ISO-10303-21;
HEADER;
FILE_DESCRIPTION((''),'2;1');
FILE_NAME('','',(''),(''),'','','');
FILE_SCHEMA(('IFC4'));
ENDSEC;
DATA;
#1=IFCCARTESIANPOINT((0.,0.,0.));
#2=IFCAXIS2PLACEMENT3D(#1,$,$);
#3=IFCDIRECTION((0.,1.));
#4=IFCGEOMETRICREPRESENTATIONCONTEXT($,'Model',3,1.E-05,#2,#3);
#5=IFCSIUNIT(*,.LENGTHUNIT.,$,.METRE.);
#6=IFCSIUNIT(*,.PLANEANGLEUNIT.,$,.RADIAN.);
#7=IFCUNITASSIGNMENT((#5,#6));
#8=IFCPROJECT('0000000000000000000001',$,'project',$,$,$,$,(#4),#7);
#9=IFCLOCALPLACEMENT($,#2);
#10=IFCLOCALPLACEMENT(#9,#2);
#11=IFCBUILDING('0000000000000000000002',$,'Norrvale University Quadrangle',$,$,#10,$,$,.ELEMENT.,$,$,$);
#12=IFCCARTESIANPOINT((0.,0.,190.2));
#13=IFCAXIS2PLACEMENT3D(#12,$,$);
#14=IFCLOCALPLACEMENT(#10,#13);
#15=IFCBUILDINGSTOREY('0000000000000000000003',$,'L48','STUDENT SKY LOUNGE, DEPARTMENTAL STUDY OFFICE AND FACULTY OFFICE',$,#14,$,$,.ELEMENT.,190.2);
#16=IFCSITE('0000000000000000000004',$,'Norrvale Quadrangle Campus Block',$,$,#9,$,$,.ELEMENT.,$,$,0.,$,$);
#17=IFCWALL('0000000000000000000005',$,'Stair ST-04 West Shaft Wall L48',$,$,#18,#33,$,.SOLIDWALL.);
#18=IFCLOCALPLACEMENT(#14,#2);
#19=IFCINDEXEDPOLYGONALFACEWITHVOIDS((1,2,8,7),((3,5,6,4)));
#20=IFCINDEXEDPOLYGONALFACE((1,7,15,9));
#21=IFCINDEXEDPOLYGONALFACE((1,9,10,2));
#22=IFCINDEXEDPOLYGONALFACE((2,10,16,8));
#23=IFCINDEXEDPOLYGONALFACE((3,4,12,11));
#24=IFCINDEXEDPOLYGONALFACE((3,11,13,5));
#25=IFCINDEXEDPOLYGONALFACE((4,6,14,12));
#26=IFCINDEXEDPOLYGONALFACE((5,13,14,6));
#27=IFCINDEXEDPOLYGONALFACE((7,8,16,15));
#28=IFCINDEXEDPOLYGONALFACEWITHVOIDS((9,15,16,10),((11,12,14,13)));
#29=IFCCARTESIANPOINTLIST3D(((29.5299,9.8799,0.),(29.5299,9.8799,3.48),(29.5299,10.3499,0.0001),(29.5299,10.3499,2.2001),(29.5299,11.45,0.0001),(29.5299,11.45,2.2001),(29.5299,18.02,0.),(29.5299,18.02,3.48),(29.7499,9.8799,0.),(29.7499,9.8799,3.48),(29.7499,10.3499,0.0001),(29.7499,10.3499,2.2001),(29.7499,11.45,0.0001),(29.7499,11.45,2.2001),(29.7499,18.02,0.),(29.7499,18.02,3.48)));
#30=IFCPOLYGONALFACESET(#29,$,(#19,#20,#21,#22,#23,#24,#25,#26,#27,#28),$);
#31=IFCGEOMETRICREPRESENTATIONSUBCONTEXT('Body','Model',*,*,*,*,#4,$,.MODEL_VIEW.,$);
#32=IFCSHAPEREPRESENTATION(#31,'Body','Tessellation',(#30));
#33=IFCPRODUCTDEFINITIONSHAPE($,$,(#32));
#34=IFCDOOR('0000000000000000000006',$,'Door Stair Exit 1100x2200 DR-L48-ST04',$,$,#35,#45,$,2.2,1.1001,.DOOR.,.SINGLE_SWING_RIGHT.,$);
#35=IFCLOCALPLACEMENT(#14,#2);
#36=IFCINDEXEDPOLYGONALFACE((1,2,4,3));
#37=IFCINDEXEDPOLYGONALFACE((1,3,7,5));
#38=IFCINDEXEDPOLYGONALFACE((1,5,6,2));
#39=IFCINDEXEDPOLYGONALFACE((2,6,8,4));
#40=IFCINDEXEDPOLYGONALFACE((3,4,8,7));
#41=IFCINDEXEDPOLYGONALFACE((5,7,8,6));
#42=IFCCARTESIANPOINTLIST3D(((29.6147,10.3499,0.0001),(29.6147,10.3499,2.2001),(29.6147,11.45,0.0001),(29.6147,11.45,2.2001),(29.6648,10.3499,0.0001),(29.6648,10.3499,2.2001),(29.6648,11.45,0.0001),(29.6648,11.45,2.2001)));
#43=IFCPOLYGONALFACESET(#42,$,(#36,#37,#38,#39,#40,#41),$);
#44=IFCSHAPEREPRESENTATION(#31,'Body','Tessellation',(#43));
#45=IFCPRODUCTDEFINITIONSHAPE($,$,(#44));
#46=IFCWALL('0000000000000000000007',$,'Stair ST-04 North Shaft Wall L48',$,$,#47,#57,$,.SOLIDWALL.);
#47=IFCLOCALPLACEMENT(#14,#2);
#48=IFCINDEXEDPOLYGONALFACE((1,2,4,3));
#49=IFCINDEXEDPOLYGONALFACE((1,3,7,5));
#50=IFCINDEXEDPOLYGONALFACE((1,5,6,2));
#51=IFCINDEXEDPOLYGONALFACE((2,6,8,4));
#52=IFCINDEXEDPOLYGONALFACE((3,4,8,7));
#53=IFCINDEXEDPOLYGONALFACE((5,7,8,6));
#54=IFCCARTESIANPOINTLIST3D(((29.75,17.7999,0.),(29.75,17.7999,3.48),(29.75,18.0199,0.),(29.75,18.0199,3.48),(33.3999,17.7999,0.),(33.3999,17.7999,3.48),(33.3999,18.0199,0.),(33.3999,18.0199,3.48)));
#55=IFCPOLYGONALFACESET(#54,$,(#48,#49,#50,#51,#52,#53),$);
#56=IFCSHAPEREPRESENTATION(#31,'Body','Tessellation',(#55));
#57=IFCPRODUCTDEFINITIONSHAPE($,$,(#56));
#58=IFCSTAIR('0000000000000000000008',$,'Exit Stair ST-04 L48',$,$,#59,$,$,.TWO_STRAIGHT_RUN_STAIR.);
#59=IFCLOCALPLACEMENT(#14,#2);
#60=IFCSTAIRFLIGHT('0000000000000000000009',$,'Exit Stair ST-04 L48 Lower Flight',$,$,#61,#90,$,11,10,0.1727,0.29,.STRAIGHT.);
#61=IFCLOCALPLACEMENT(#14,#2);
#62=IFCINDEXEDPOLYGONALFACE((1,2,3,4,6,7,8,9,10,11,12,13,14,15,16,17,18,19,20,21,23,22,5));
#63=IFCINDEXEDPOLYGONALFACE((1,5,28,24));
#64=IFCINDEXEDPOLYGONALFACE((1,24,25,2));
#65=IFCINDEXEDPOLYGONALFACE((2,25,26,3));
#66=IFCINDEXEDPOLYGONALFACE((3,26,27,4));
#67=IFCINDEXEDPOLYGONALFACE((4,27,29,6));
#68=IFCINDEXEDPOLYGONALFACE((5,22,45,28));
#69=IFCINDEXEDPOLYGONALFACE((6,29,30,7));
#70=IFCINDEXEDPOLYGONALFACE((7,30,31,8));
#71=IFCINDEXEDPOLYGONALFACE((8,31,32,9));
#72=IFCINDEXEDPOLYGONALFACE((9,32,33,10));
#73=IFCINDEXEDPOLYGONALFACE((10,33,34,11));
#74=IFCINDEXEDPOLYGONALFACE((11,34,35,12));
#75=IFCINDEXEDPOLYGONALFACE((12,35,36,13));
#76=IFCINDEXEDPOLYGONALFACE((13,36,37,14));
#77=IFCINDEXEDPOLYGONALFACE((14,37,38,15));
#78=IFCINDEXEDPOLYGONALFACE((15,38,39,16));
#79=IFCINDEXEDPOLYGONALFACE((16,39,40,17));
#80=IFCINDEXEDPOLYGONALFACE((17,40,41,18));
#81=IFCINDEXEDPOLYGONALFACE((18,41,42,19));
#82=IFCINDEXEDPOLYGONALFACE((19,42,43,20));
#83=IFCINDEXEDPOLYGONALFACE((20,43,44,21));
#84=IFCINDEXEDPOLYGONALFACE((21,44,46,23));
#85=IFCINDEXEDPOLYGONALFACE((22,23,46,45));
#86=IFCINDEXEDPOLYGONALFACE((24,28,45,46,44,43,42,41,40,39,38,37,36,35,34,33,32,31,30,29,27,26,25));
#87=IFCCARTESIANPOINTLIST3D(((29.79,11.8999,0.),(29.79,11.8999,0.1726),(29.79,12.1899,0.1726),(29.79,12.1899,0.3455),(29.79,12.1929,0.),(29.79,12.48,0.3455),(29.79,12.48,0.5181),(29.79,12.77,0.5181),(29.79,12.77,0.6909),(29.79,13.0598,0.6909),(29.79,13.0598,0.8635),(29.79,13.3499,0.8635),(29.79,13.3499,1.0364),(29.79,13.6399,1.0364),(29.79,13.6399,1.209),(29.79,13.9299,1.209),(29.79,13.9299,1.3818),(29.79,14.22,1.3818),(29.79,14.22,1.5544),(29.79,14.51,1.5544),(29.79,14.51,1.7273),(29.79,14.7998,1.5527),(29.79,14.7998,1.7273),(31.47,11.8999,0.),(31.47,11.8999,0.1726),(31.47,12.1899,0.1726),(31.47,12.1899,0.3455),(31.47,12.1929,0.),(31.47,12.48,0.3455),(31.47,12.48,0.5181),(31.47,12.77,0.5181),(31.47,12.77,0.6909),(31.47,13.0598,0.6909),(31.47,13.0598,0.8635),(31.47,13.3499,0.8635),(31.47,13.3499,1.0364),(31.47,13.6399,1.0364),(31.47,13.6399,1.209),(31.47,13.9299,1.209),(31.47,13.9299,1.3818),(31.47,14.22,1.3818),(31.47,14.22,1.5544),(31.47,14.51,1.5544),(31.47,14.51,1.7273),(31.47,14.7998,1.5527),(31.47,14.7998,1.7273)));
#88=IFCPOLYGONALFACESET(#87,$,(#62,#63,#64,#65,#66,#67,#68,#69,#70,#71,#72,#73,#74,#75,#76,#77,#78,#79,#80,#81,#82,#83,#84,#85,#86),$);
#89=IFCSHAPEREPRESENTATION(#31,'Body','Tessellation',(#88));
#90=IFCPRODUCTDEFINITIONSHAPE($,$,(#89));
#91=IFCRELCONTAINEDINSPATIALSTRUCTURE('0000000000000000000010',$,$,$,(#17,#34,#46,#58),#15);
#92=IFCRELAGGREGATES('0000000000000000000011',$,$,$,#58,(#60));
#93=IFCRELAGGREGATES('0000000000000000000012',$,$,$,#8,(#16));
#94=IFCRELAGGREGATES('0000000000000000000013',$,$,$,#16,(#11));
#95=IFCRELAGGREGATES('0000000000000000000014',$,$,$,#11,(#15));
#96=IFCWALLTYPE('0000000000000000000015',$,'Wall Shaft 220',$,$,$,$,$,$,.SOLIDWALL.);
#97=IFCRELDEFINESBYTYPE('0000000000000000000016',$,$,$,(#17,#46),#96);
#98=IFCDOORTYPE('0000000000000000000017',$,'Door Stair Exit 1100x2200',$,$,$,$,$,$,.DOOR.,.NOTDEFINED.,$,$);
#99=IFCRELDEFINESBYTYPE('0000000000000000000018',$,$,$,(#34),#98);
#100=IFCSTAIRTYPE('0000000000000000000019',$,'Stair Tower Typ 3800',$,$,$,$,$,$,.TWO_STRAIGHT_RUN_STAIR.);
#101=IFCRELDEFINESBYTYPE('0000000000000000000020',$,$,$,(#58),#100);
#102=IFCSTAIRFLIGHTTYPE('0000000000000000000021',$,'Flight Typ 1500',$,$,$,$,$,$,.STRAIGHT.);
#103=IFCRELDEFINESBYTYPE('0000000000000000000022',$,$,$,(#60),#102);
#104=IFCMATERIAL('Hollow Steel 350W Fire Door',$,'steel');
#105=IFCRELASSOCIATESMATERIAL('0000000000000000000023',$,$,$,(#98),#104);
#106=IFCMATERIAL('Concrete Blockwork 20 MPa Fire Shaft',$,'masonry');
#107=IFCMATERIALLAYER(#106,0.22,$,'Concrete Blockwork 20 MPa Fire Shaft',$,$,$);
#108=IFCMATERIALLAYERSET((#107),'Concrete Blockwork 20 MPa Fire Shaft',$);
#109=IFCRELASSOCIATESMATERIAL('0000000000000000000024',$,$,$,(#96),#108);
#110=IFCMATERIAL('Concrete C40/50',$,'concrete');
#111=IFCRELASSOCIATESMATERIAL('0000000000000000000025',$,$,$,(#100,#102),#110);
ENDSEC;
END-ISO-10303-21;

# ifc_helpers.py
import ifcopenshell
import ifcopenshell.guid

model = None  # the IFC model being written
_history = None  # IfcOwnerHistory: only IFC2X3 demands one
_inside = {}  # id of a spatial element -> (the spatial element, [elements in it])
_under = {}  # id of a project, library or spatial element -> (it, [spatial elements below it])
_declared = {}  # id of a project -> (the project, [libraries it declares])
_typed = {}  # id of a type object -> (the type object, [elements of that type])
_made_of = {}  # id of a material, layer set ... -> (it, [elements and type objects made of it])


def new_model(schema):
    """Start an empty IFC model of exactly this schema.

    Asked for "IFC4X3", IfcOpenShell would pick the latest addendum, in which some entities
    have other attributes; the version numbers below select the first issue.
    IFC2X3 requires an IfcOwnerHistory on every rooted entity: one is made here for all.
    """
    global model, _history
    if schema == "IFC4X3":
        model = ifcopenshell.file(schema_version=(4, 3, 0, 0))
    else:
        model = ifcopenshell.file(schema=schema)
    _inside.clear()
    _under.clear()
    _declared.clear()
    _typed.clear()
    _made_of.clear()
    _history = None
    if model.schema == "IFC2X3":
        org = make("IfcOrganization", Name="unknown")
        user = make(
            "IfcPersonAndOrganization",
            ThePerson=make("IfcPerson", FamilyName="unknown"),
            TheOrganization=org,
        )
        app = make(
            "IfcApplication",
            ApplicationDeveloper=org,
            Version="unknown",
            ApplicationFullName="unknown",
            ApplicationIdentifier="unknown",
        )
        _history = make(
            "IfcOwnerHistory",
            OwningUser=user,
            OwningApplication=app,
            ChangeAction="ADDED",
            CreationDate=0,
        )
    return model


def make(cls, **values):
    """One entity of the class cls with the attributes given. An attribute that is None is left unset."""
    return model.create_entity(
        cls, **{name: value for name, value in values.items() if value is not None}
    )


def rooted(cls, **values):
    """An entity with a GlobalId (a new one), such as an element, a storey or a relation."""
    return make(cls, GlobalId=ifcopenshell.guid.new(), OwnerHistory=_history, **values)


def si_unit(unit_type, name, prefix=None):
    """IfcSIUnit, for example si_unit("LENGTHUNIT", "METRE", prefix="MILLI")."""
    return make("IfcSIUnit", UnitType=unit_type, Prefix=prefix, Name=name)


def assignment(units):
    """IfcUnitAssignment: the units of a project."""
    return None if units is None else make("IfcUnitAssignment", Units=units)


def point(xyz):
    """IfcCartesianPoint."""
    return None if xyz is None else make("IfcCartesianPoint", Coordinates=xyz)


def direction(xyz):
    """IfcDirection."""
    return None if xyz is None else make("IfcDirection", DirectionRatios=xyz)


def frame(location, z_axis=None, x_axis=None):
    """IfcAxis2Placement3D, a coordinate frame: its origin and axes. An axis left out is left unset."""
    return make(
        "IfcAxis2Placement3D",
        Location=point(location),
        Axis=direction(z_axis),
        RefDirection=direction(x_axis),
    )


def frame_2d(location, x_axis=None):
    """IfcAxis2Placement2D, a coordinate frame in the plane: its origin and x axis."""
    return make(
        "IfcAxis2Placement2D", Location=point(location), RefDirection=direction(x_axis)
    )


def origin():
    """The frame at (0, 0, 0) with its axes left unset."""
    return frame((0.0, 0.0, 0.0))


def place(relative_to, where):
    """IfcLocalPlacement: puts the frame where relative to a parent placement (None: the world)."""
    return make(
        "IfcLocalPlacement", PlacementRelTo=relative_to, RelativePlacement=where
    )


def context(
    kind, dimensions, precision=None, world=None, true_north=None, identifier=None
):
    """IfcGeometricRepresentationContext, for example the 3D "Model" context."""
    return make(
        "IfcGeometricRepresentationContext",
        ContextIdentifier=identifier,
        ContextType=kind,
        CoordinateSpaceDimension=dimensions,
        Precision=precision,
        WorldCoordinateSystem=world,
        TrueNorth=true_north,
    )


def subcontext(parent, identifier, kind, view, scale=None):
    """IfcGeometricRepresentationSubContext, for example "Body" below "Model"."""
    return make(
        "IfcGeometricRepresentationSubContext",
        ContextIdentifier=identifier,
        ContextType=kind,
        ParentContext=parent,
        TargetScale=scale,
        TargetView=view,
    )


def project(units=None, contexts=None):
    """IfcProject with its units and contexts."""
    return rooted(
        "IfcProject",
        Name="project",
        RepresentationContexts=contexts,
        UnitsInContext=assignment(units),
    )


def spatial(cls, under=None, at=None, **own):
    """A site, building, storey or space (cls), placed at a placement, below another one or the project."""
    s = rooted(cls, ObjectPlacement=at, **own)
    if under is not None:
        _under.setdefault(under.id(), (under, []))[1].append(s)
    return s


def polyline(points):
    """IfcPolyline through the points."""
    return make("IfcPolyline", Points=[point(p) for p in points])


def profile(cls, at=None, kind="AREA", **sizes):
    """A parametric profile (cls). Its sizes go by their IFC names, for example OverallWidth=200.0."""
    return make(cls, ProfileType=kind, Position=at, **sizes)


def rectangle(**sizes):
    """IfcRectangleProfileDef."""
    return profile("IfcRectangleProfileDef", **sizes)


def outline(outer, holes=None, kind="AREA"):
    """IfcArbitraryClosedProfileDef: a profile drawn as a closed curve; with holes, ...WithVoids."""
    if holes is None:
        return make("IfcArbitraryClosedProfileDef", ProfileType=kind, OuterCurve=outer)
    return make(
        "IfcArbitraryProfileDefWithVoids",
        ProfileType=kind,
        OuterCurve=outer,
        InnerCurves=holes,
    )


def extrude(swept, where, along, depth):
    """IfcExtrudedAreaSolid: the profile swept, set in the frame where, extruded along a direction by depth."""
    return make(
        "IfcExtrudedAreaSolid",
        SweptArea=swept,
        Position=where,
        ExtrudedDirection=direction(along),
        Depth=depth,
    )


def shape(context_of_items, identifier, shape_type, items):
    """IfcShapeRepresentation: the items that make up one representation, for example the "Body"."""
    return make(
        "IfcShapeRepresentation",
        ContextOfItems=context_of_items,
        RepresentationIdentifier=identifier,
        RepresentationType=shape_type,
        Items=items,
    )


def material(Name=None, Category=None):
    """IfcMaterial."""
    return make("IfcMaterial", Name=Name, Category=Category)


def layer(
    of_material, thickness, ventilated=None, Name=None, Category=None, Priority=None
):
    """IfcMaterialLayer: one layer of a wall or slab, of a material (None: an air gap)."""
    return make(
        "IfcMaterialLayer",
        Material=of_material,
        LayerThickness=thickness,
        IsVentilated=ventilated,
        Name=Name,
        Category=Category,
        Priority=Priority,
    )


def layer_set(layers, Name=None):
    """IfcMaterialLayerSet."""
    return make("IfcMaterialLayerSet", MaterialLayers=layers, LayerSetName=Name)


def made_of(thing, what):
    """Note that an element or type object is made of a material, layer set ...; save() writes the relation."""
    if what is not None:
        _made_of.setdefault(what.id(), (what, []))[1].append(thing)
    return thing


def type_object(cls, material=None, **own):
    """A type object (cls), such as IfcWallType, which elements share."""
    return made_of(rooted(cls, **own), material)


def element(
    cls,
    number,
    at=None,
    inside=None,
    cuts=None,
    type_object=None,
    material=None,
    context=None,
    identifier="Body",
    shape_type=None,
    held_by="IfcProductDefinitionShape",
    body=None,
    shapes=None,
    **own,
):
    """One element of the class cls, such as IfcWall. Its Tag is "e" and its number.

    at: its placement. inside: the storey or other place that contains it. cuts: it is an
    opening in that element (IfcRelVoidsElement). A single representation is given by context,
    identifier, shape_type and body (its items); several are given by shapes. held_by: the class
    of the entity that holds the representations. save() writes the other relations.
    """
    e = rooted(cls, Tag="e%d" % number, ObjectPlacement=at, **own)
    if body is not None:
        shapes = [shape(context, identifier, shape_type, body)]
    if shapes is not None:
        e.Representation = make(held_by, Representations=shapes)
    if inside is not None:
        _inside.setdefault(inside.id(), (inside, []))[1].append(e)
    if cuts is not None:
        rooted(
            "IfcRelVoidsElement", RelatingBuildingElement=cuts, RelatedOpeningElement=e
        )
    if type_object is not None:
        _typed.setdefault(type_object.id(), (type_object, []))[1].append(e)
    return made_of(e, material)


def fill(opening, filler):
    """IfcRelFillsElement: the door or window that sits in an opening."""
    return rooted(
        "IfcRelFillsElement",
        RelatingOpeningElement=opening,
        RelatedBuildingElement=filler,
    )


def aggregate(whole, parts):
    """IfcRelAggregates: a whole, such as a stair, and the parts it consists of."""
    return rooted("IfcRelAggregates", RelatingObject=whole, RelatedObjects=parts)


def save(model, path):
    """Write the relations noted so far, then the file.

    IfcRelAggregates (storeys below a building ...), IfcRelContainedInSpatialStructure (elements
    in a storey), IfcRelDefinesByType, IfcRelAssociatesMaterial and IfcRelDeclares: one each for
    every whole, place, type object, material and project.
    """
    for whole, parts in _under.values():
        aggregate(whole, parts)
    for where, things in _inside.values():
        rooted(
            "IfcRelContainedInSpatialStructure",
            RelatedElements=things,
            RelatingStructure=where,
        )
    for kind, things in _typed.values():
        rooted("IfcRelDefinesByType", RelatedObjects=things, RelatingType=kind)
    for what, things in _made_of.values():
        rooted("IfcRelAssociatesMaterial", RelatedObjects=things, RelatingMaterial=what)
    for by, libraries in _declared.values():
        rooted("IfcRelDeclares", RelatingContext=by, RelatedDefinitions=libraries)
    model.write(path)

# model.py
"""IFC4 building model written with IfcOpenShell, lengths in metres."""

from ifc_helpers import new_model, si_unit, direction, frame, frame_2d, origin, place, context, subcontext, project, spatial, polyline, rectangle, outline, extrude, material, layer, layer_set, type_object, element, fill, aggregate, save


model = new_model("IFC4")

# Units and contexts
model_context = context("Model", 3, precision=1e-05, world=origin(), true_north=direction((0.0, 1.0)))
body_context = subcontext(model_context, "Body", "Model", "MODEL_VIEW")
ifc_project = project(units=[si_unit("LENGTHUNIT", "METRE"), si_unit("PLANEANGLEUNIT", "RADIAN")], contexts=[model_context])

# Site, building, storey
site_placement = place(None, origin())
site = spatial("IfcSite", under=ifc_project, at=site_placement, Name="Norrvale Quadrangle Campus Block", CompositionType="ELEMENT", RefElevation=0.0)
building_placement = place(site_placement, origin())
building = spatial("IfcBuilding", under=site, at=building_placement, Name="Norrvale University Quadrangle", CompositionType="ELEMENT")
storey_placement = place(building_placement, frame((0.0, 0.0, 190.2)))
storey = spatial("IfcBuildingStorey", under=building, at=storey_placement, Name="L48", Description="STUDENT SKY LOUNGE, DEPARTMENTAL STUDY OFFICE AND FACULTY OFFICE", CompositionType="ELEMENT", Elevation=190.2)

# Shared definitions
ifc_material_1 = material(Name="Hollow Steel 350W Fire Door", Category="steel")
door_type = type_object("IfcDoorType", Name="Door Stair Exit 1100x2200", OperationType="NOTDEFINED", PredefinedType="DOOR", material=ifc_material_1)

# Shared definitions
ifc_material_2 = material(Name="Concrete Blockwork 20 MPa Fire Shaft", Category="masonry")
ifc_layer_1 = layer(ifc_material_2, 0.22, Name="Concrete Blockwork 20 MPa Fire Shaft")
ifc_layer_set_1 = layer_set([ifc_layer_1], Name="Concrete Blockwork 20 MPa Fire Shaft")
wall_type_1 = type_object("IfcWallType", Name="Wall Shaft 220", PredefinedType="SOLIDWALL", material=ifc_layer_set_1)

# Wall, opening, door
wall_1_placement = place(storey_placement, frame((29.6399, 9.8799, 0.0), z_axis=(0.0, 0.0, 1.0), x_axis=(0.0, 1.0, 0.0)))
wall_1 = element("IfcWall", 1, at=wall_1_placement, inside=storey, type_object=wall_type_1, Name="Stair ST-04 West Shaft Wall L48", PredefinedType="SOLIDWALL", context=body_context, shape_type="SweptSolid", body=[
    extrude(rectangle(XDim=8.1401, YDim=0.22, at=frame_2d((4.0701, 0.0))), origin(), (0.0, 0.0, 1.0), 3.48),
])
opening_1_placement = place(wall_1_placement, frame((0.47, 0.0, 0.0)))
opening_1 = element("IfcOpeningElement", 2, at=opening_1_placement, cuts=wall_1, PredefinedType="OPENING", context=body_context, shape_type="SweptSolid", body=[
    extrude(rectangle(XDim=1.1001, YDim=2.2, at=frame_2d((0.55, 1.1001))), frame((0.0, 0.1221, 0.0), z_axis=(0.0, -1.0, 0.0), x_axis=(1.0, 0.0, 0.0)), (0.0, 0.0, 1.0), 0.2439),
])
door_1_placement = place(opening_1_placement, frame((1.1001, 0.0, 0.0), z_axis=(0.0, 0.0, 1.0), x_axis=(-1.0, 0.0, 0.0)))
door_1 = element("IfcDoor", 3, at=door_1_placement, inside=storey, type_object=door_type, Name="Door Stair Exit 1100x2200 DR-L48-ST04", OperationType="SINGLE_SWING_RIGHT", OverallHeight=2.2, OverallWidth=1.1001, PredefinedType="DOOR", context=body_context, shape_type="SweptSolid", body=[
    extrude(rectangle(XDim=1.1001, YDim=2.2, at=frame_2d((0.55, 1.1001))), frame((0.0, 0.0249, 0.0), z_axis=(0.0, -1.0, 0.0), x_axis=(1.0, 0.0, 0.0)), (0.0, 0.0, 1.0), 0.05),
])
fill(opening_1, door_1)

# Wall
wall_2_placement = place(storey_placement, frame((29.75, 17.9099, 0.0), z_axis=(0.0, 0.0, 1.0), x_axis=(1.0, 0.0, 0.0)))
element("IfcWall", 4, at=wall_2_placement, inside=storey, type_object=wall_type_1, Name="Stair ST-04 North Shaft Wall L48", PredefinedType="SOLIDWALL", context=body_context, shape_type="SweptSolid", body=[
    extrude(rectangle(XDim=3.6499, YDim=0.22, at=frame_2d((1.825, 0.0))), origin(), (0.0, 0.0, 1.0), 3.48),
])

# Stair, stair flight
ifc_material_3 = material(Name="Concrete C40/50", Category="concrete")
stair_type = type_object("IfcStairType", Name="Stair Tower Typ 3800", PredefinedType="TWO_STRAIGHT_RUN_STAIR", material=ifc_material_3)
stair_placement = place(storey_placement, origin())
stair = element("IfcStair", 5, at=stair_placement, inside=storey, type_object=stair_type, Name="Exit Stair ST-04 L48", PredefinedType="TWO_STRAIGHT_RUN_STAIR")
stair_flight_type = type_object("IfcStairFlightType", Name="Flight Typ 1500", PredefinedType="STRAIGHT", material=ifc_material_3)
stair_flight_placement = place(storey_placement, frame((30.6299, 11.8999, 0.0), z_axis=(0.0, 0.0, 1.0), x_axis=(0.0, 1.0, 0.0)))
stair_flight = element("IfcStairFlight", 6, at=stair_flight_placement, type_object=stair_flight_type, Name="Exit Stair ST-04 L48 Lower Flight", NumberOfRisers=11, NumberOfTreads=10, PredefinedType="STRAIGHT", RiserHeight=0.1727, TreadLength=0.29, context=body_context, shape_type="SweptSolid", body=[
    extrude(outline(polyline([(0.0, 0.0), (0.0, 0.1726), (0.29, 0.1726), (0.29, 0.3455), (0.5801, 0.3455), (0.5801, 0.5181), (0.8701, 0.5181), (0.8701, 0.6909), (1.1599, 0.6909), (1.1599, 0.8635), (1.45, 0.8635), (1.45, 1.0364), (1.74, 1.0364), (1.74, 1.209), (2.03, 1.209), (2.03, 1.3818), (2.3201, 1.3818), (2.3201, 1.5544), (2.6101, 1.5544), (2.6101, 1.7273), (2.8999, 1.7273), (2.8999, 1.8999), (2.8999, 1.5527), (0.293, 0.0), (0.0, 0.0)])), frame((0.0, 0.8398, 0.0), z_axis=(0.0, -1.0, 0.0), x_axis=(1.0, 0.0, 0.0)), (0.0, 0.0, 1.0), 1.6799),
])
aggregate(stair, [stair_flight])

save(model, "model.ifc")
